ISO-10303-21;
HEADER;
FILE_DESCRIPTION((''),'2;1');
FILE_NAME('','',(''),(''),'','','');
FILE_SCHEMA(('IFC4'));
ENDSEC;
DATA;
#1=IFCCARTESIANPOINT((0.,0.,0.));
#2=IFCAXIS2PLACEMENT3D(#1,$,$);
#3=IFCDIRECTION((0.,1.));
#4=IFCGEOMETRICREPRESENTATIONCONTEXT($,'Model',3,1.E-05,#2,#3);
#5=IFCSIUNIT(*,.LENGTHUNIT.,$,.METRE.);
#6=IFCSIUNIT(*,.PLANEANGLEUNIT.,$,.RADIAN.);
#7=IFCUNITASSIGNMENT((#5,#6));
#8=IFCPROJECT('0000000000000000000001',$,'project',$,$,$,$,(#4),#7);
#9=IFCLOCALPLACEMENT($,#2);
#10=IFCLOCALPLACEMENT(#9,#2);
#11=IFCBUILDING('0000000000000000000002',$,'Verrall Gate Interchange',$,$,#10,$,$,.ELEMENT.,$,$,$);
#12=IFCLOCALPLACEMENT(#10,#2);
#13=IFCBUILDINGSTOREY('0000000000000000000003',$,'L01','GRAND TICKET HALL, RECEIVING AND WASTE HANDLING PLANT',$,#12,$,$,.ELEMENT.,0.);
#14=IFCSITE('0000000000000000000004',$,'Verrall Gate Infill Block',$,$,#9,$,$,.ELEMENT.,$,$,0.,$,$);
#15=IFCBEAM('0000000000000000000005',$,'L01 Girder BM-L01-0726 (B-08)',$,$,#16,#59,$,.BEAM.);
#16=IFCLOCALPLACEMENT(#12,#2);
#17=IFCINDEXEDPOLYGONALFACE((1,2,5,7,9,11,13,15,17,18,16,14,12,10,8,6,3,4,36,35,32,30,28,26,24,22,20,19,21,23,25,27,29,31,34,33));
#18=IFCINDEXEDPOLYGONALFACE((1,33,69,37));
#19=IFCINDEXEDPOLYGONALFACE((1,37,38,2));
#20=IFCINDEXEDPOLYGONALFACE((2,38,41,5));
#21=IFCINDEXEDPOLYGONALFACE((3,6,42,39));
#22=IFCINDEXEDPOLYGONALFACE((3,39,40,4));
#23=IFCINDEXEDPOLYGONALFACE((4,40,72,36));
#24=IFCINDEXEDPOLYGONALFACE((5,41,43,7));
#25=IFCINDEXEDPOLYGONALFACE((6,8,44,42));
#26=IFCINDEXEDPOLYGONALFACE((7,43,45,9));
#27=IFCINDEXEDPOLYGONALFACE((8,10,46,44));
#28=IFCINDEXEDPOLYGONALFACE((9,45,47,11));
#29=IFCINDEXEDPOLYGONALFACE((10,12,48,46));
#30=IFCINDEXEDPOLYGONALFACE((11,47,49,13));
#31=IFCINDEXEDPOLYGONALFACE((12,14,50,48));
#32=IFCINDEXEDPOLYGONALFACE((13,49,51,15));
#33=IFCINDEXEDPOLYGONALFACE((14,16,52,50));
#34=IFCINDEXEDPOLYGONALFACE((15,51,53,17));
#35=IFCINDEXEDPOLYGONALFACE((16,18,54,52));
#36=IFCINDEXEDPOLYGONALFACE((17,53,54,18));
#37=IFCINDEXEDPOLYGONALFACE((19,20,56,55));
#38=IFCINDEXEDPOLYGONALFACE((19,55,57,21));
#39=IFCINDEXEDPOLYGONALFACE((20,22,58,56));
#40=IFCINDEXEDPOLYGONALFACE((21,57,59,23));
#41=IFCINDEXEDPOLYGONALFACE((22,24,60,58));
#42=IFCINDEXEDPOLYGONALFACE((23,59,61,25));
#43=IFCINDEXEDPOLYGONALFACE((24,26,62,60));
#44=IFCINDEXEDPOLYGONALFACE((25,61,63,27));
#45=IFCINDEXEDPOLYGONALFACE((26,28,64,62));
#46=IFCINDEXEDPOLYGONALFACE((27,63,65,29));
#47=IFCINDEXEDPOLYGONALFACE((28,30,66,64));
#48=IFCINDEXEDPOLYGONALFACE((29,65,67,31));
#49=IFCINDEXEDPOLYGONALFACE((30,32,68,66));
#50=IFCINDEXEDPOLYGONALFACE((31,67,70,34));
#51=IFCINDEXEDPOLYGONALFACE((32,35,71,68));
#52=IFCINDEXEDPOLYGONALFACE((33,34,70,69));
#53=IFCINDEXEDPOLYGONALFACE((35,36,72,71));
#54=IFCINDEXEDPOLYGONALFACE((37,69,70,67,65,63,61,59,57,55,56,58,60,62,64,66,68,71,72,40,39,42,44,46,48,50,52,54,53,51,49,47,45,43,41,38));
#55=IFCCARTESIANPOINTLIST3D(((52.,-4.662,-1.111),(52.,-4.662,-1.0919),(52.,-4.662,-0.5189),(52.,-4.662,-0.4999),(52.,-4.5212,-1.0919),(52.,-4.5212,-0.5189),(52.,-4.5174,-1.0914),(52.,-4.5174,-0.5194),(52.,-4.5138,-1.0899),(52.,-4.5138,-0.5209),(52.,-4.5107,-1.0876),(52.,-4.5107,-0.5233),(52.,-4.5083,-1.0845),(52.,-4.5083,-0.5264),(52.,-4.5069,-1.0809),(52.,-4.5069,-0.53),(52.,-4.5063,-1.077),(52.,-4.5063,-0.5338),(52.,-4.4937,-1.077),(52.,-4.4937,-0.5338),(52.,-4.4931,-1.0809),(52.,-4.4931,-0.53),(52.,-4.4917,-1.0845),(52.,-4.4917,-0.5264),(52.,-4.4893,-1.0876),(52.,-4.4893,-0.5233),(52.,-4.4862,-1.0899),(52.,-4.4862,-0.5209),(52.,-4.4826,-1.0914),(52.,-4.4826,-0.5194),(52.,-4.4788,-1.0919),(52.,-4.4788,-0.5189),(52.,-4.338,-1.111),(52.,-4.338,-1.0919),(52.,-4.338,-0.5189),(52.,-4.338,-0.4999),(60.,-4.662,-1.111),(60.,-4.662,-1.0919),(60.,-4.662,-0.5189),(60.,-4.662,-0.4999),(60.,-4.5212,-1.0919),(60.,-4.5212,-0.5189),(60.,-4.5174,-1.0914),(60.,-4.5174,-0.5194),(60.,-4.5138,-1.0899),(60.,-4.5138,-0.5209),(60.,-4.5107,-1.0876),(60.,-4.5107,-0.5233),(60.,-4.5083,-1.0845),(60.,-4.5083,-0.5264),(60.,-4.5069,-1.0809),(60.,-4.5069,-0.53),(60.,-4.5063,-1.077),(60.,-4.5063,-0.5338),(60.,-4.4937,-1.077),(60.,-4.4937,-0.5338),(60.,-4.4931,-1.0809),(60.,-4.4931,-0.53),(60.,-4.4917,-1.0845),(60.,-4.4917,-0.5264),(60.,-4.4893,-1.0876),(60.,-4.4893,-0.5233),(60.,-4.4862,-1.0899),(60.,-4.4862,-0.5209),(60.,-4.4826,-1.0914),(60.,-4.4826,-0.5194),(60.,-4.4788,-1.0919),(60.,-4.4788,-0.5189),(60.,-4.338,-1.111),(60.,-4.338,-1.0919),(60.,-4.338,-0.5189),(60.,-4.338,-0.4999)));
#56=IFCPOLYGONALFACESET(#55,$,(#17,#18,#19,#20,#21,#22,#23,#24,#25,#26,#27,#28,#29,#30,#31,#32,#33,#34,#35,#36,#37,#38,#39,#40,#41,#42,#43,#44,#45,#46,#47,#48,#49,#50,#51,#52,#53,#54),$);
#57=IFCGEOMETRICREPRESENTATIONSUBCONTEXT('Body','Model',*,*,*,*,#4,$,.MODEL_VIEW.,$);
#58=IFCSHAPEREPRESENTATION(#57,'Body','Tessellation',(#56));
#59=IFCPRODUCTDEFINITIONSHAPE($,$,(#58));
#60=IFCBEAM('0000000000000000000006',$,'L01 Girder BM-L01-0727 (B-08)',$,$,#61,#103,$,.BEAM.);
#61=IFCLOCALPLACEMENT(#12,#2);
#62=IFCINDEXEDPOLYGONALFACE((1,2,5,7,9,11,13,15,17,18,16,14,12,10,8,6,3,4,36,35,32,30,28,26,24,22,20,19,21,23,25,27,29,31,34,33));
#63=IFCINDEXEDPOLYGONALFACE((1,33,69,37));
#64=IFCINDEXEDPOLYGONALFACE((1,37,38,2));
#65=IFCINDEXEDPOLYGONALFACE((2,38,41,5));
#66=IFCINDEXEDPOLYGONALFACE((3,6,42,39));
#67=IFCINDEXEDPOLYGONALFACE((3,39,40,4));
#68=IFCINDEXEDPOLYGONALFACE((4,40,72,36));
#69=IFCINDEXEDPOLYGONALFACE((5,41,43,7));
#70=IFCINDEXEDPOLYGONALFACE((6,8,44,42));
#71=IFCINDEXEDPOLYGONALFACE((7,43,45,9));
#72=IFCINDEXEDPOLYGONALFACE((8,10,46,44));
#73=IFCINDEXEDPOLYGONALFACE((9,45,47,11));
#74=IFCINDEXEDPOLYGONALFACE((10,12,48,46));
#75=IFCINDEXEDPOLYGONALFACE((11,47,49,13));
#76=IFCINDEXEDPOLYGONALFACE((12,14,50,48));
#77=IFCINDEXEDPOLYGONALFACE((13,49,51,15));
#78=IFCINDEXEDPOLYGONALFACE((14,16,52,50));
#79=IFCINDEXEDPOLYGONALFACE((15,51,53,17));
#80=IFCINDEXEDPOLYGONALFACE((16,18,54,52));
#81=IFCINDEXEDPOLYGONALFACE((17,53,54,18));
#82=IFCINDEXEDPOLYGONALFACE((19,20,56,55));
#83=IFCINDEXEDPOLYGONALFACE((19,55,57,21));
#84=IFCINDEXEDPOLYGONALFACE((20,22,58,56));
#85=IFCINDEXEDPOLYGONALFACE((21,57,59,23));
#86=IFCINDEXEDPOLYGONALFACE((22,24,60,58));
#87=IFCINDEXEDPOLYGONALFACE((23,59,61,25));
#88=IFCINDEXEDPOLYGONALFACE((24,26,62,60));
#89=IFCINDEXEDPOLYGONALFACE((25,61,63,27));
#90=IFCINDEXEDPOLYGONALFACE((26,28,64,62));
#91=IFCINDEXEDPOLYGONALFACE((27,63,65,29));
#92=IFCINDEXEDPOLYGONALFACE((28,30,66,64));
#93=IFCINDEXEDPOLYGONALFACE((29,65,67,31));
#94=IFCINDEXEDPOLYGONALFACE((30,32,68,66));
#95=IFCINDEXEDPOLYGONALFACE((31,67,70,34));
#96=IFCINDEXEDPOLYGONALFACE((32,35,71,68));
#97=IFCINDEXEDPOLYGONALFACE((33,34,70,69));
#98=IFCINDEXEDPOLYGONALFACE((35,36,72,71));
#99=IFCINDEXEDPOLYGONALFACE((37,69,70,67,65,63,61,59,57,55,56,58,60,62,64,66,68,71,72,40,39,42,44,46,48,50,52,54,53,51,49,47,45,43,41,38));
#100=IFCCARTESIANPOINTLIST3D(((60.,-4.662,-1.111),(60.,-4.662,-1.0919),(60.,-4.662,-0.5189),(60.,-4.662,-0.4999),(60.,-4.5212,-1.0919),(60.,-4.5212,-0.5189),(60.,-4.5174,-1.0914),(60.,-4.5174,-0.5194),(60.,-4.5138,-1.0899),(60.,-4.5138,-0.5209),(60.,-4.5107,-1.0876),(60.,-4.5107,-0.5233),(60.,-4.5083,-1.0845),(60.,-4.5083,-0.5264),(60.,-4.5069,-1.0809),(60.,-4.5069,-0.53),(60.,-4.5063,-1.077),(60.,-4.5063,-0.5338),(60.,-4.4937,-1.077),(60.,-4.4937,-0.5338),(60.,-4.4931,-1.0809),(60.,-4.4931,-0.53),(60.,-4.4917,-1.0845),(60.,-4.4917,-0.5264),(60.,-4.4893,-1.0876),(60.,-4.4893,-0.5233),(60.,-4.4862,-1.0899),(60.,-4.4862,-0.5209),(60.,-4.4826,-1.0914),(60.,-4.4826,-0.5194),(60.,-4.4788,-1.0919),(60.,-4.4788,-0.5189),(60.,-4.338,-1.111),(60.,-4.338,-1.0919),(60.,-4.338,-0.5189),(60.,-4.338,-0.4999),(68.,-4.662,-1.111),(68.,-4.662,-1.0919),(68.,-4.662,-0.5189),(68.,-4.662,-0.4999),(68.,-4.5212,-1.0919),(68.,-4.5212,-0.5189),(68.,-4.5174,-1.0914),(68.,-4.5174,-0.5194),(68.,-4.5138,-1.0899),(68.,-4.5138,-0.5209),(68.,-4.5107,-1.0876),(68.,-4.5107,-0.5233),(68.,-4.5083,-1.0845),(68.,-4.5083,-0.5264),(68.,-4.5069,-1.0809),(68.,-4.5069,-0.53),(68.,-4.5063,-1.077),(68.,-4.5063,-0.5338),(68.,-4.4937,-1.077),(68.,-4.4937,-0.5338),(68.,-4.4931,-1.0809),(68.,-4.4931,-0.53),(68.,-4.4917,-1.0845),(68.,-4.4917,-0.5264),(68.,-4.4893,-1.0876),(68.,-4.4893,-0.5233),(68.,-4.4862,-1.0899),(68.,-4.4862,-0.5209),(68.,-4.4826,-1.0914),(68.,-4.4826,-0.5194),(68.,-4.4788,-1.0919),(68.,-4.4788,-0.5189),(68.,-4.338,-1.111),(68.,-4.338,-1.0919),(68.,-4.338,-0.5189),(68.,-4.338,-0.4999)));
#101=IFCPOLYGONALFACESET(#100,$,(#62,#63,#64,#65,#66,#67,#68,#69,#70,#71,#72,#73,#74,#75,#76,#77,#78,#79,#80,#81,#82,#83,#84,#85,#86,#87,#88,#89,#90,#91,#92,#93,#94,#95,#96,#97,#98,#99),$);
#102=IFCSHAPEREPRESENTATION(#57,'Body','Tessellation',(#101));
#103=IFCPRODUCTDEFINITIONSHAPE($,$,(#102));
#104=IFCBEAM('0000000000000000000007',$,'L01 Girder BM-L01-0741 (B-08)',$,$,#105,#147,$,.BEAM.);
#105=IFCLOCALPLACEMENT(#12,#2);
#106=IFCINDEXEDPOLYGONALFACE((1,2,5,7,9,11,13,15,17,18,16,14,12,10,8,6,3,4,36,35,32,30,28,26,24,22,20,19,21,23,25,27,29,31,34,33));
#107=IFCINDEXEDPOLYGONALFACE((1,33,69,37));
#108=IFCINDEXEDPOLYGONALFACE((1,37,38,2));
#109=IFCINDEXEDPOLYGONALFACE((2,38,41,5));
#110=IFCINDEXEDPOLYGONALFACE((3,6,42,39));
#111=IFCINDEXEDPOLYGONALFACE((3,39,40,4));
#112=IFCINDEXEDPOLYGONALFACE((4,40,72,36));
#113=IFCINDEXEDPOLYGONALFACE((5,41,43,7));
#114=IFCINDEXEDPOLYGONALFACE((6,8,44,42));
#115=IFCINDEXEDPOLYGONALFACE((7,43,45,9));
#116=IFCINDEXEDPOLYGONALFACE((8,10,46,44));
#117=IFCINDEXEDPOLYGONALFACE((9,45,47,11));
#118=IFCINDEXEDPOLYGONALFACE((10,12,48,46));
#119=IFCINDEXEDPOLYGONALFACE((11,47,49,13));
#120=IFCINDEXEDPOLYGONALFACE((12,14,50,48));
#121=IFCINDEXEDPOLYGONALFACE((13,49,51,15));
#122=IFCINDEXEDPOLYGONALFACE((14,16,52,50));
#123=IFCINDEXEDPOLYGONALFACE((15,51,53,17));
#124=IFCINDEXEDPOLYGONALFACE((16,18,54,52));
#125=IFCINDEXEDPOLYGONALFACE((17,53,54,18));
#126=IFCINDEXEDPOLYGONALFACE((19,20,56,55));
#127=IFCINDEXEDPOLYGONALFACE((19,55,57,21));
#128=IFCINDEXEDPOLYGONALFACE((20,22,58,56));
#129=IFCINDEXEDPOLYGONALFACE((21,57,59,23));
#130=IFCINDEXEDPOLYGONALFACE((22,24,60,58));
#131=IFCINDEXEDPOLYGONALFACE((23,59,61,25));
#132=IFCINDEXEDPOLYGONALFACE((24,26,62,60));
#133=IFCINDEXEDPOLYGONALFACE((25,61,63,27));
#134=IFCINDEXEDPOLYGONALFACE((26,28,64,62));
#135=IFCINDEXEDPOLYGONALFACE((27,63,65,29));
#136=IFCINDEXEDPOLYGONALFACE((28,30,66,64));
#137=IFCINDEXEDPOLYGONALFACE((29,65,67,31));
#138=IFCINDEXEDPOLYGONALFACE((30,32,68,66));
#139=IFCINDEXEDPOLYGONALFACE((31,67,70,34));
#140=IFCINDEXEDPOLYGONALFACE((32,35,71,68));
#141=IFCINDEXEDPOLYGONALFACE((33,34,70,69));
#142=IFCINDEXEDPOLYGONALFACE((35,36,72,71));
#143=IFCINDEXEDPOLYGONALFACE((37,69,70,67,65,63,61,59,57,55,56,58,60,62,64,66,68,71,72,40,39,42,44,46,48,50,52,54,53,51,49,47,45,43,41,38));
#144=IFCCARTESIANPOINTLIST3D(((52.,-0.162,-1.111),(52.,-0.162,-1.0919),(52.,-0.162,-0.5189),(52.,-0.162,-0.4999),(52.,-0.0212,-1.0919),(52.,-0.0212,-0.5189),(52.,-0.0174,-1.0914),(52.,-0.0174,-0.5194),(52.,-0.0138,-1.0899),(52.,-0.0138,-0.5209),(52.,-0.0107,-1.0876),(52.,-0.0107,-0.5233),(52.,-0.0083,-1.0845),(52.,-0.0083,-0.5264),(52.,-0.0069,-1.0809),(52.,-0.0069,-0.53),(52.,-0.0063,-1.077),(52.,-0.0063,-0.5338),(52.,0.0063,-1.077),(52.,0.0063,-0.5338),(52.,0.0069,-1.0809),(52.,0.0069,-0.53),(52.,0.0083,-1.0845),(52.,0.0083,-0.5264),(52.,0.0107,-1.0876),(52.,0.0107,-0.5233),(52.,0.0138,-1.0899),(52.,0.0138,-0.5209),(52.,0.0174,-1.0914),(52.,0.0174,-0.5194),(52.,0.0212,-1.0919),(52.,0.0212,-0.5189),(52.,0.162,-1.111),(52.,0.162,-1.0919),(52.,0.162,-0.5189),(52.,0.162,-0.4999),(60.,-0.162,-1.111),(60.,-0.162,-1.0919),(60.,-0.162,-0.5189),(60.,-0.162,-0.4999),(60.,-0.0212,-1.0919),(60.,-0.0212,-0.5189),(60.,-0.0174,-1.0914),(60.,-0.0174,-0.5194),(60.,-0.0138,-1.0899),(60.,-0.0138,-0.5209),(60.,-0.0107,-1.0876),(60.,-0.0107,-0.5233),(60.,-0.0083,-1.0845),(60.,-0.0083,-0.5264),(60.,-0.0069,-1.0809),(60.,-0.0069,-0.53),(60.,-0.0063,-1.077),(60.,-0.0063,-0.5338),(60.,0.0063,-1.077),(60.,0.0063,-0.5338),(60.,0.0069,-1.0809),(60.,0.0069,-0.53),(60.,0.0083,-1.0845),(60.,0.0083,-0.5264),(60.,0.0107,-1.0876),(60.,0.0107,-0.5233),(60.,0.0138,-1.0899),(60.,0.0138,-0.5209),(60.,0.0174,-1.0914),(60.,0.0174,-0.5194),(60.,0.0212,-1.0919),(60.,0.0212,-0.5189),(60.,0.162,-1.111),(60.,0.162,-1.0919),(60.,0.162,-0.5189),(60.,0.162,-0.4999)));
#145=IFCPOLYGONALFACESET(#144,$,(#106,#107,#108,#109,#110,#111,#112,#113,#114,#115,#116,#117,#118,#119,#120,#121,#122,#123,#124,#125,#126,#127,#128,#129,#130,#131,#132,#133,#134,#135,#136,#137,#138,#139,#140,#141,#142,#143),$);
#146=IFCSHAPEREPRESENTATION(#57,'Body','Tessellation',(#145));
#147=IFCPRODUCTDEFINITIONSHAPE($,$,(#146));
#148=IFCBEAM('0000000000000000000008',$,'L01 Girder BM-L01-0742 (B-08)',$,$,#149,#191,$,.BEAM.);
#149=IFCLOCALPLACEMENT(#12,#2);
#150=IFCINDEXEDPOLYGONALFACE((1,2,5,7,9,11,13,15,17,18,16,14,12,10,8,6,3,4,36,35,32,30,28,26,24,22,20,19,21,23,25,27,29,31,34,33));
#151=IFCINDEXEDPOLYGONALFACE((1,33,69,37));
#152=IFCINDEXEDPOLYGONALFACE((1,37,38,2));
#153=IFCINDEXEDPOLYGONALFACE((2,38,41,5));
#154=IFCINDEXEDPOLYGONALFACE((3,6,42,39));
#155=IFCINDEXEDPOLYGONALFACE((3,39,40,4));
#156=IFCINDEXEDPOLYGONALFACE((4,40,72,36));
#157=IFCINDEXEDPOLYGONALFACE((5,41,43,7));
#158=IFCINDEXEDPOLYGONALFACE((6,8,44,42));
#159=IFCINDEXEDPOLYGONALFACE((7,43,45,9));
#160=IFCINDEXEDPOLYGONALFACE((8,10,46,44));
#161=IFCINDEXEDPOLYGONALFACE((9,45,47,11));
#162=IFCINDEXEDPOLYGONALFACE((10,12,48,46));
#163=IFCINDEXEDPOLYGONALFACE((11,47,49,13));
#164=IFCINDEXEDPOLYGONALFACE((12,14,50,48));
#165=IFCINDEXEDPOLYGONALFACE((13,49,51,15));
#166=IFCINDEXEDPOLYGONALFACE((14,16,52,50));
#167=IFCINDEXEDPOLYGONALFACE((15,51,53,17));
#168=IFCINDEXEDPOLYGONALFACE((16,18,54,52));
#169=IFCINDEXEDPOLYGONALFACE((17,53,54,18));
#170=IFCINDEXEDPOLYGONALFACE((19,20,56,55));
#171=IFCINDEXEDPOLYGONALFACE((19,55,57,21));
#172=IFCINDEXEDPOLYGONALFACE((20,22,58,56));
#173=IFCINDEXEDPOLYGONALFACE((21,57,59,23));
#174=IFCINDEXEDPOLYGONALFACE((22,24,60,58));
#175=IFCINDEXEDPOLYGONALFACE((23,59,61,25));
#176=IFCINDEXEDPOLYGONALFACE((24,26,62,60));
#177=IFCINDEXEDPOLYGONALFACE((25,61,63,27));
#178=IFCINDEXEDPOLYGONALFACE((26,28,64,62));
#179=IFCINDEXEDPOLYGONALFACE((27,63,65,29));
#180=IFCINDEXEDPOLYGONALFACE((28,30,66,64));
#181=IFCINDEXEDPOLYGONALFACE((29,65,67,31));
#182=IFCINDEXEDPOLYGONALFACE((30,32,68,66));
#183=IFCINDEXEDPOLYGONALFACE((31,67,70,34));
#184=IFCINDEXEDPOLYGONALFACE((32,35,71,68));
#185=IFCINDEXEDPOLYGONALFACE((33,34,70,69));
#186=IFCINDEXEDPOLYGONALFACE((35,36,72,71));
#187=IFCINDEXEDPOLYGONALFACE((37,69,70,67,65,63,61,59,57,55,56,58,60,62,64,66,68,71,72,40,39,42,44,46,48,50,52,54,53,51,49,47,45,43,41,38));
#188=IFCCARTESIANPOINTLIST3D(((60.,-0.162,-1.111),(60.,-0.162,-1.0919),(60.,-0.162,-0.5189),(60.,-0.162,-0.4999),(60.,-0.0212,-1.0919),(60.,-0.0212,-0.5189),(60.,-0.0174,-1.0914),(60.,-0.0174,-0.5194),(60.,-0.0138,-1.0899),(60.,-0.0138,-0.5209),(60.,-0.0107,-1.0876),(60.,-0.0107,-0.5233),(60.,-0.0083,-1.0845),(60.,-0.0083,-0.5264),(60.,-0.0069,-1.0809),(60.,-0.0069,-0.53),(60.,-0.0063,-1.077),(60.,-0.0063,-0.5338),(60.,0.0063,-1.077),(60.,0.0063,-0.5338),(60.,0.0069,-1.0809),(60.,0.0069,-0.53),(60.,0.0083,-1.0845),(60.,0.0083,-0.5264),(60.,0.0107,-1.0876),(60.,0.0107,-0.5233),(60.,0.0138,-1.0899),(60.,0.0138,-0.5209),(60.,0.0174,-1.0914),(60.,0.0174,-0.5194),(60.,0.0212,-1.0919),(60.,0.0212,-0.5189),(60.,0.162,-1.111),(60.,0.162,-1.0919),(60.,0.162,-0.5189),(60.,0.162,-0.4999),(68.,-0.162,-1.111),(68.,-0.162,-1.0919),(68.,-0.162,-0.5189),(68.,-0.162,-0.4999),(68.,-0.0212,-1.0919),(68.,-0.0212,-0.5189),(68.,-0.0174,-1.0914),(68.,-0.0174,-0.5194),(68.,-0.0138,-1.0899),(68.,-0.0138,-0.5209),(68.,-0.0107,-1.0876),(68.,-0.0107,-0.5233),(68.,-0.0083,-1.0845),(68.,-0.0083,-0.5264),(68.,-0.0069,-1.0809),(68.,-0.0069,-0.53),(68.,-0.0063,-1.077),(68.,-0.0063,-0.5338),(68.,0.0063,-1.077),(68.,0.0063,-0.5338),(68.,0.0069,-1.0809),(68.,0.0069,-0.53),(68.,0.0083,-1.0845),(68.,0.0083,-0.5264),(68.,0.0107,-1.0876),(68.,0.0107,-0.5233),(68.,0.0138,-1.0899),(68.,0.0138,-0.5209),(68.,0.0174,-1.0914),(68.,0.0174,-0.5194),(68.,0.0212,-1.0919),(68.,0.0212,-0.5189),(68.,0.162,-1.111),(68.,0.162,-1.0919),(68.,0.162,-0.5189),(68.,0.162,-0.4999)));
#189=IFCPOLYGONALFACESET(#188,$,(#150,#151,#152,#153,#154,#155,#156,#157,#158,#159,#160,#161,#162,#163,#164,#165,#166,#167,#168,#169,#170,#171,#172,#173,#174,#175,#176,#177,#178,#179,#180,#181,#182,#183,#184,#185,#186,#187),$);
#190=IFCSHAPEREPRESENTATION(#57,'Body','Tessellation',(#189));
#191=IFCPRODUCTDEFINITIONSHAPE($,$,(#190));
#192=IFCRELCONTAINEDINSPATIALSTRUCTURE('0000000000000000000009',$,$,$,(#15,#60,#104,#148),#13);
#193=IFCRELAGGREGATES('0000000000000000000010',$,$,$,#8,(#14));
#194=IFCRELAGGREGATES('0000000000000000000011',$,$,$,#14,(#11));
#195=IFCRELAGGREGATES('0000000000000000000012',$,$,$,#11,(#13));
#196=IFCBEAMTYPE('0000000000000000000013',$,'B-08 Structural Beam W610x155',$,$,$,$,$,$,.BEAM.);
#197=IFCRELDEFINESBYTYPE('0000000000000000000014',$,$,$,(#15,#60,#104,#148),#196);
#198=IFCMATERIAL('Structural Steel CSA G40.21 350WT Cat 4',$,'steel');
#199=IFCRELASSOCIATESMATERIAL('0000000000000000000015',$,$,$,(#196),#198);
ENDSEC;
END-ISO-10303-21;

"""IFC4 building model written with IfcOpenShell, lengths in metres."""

from ifc_helpers import new_model, si_unit, direction, frame, origin, origin_2d, place, context, subcontext, project, spatial, i_section, extrude, material, material_profile, profile_set, type_object, element, save


model = new_model("IFC4")

# Units and contexts
model_context = context("Model", 3, precision=1e-05, world=origin(), true_north=direction((0.0, 1.0)))
body_context = subcontext(model_context, "Body", "Model", "MODEL_VIEW")
ifc_project = project(units=[si_unit("LENGTHUNIT", "METRE"), si_unit("PLANEANGLEUNIT", "RADIAN")], contexts=[model_context])

# Site, building, storey
site_placement = place(None, origin())
site = spatial("IfcSite", under=ifc_project, at=site_placement, Name="Verrall Gate Infill Block", CompositionType="ELEMENT", RefElevation=0.0)
building_placement = place(site_placement, origin())
building = spatial("IfcBuilding", under=site, at=building_placement, Name="Verrall Gate Interchange", CompositionType="ELEMENT")
storey_placement = place(building_placement, origin())
storey = spatial("IfcBuildingStorey", under=building, at=storey_placement, Name="L01", Description="GRAND TICKET HALL, RECEIVING AND WASTE HANDLING PLANT", CompositionType="ELEMENT", Elevation=0.0)

# Beams
ifc_material_1 = material(Name="Structural Steel CSA G40.21 350WT Cat 4", Category="steel")
ifc_material_profile_1 = material_profile(ifc_material_1, i_section(OverallWidth=0.324, OverallDepth=0.6111, WebThickness=0.0127, FlangeThickness=0.019, FilletRadius=0.0149, at=origin_2d()), Name="W610x155")
ifc_profile_set_1 = profile_set([ifc_material_profile_1], Name="Structural Steel CSA G40.21 350WT Cat 4")
beam_type_1 = type_object("IfcBeamType", Name="B-08 Structural Beam W610x155", PredefinedType="BEAM", material=ifc_profile_set_1)
for number, where, z_axis, x_axis, name in (
    (1, (52.0, -4.5, -0.8054), (1.0, 0.0, 0.0), (0.0, 1.0, 0.0), "L01 Girder BM-L01-0726 (B-08)"),
    (2, (60.0, -4.5, -0.8054), (1.0, 0.0, 0.0), (0.0, 1.0, 0.0), "L01 Girder BM-L01-0727 (B-08)"),
    (3, (52.0, 0.0, -0.8054), (1.0, 0.0, 0.0), (0.0, 1.0, 0.0), "L01 Girder BM-L01-0741 (B-08)"),
    (4, (60.0, 0.0, -0.8054), (1.0, 0.0, 0.0), (0.0, 1.0, 0.0), "L01 Girder BM-L01-0742 (B-08)"),
):
    element("IfcBeam", number, at=place(storey_placement, frame(where, z_axis=z_axis, x_axis=x_axis)), inside=storey, type_object=beam_type_1, Name=name, PredefinedType="BEAM", context=body_context, shape_type="SweptSolid", body=[
        extrude(i_section(OverallWidth=0.324, OverallDepth=0.6111, WebThickness=0.0127, FlangeThickness=0.019, FilletRadius=0.0149, at=origin_2d()), origin(), (0.0, 0.0, 1.0), 8.0),
    ])

save(model, "model.ifc")
